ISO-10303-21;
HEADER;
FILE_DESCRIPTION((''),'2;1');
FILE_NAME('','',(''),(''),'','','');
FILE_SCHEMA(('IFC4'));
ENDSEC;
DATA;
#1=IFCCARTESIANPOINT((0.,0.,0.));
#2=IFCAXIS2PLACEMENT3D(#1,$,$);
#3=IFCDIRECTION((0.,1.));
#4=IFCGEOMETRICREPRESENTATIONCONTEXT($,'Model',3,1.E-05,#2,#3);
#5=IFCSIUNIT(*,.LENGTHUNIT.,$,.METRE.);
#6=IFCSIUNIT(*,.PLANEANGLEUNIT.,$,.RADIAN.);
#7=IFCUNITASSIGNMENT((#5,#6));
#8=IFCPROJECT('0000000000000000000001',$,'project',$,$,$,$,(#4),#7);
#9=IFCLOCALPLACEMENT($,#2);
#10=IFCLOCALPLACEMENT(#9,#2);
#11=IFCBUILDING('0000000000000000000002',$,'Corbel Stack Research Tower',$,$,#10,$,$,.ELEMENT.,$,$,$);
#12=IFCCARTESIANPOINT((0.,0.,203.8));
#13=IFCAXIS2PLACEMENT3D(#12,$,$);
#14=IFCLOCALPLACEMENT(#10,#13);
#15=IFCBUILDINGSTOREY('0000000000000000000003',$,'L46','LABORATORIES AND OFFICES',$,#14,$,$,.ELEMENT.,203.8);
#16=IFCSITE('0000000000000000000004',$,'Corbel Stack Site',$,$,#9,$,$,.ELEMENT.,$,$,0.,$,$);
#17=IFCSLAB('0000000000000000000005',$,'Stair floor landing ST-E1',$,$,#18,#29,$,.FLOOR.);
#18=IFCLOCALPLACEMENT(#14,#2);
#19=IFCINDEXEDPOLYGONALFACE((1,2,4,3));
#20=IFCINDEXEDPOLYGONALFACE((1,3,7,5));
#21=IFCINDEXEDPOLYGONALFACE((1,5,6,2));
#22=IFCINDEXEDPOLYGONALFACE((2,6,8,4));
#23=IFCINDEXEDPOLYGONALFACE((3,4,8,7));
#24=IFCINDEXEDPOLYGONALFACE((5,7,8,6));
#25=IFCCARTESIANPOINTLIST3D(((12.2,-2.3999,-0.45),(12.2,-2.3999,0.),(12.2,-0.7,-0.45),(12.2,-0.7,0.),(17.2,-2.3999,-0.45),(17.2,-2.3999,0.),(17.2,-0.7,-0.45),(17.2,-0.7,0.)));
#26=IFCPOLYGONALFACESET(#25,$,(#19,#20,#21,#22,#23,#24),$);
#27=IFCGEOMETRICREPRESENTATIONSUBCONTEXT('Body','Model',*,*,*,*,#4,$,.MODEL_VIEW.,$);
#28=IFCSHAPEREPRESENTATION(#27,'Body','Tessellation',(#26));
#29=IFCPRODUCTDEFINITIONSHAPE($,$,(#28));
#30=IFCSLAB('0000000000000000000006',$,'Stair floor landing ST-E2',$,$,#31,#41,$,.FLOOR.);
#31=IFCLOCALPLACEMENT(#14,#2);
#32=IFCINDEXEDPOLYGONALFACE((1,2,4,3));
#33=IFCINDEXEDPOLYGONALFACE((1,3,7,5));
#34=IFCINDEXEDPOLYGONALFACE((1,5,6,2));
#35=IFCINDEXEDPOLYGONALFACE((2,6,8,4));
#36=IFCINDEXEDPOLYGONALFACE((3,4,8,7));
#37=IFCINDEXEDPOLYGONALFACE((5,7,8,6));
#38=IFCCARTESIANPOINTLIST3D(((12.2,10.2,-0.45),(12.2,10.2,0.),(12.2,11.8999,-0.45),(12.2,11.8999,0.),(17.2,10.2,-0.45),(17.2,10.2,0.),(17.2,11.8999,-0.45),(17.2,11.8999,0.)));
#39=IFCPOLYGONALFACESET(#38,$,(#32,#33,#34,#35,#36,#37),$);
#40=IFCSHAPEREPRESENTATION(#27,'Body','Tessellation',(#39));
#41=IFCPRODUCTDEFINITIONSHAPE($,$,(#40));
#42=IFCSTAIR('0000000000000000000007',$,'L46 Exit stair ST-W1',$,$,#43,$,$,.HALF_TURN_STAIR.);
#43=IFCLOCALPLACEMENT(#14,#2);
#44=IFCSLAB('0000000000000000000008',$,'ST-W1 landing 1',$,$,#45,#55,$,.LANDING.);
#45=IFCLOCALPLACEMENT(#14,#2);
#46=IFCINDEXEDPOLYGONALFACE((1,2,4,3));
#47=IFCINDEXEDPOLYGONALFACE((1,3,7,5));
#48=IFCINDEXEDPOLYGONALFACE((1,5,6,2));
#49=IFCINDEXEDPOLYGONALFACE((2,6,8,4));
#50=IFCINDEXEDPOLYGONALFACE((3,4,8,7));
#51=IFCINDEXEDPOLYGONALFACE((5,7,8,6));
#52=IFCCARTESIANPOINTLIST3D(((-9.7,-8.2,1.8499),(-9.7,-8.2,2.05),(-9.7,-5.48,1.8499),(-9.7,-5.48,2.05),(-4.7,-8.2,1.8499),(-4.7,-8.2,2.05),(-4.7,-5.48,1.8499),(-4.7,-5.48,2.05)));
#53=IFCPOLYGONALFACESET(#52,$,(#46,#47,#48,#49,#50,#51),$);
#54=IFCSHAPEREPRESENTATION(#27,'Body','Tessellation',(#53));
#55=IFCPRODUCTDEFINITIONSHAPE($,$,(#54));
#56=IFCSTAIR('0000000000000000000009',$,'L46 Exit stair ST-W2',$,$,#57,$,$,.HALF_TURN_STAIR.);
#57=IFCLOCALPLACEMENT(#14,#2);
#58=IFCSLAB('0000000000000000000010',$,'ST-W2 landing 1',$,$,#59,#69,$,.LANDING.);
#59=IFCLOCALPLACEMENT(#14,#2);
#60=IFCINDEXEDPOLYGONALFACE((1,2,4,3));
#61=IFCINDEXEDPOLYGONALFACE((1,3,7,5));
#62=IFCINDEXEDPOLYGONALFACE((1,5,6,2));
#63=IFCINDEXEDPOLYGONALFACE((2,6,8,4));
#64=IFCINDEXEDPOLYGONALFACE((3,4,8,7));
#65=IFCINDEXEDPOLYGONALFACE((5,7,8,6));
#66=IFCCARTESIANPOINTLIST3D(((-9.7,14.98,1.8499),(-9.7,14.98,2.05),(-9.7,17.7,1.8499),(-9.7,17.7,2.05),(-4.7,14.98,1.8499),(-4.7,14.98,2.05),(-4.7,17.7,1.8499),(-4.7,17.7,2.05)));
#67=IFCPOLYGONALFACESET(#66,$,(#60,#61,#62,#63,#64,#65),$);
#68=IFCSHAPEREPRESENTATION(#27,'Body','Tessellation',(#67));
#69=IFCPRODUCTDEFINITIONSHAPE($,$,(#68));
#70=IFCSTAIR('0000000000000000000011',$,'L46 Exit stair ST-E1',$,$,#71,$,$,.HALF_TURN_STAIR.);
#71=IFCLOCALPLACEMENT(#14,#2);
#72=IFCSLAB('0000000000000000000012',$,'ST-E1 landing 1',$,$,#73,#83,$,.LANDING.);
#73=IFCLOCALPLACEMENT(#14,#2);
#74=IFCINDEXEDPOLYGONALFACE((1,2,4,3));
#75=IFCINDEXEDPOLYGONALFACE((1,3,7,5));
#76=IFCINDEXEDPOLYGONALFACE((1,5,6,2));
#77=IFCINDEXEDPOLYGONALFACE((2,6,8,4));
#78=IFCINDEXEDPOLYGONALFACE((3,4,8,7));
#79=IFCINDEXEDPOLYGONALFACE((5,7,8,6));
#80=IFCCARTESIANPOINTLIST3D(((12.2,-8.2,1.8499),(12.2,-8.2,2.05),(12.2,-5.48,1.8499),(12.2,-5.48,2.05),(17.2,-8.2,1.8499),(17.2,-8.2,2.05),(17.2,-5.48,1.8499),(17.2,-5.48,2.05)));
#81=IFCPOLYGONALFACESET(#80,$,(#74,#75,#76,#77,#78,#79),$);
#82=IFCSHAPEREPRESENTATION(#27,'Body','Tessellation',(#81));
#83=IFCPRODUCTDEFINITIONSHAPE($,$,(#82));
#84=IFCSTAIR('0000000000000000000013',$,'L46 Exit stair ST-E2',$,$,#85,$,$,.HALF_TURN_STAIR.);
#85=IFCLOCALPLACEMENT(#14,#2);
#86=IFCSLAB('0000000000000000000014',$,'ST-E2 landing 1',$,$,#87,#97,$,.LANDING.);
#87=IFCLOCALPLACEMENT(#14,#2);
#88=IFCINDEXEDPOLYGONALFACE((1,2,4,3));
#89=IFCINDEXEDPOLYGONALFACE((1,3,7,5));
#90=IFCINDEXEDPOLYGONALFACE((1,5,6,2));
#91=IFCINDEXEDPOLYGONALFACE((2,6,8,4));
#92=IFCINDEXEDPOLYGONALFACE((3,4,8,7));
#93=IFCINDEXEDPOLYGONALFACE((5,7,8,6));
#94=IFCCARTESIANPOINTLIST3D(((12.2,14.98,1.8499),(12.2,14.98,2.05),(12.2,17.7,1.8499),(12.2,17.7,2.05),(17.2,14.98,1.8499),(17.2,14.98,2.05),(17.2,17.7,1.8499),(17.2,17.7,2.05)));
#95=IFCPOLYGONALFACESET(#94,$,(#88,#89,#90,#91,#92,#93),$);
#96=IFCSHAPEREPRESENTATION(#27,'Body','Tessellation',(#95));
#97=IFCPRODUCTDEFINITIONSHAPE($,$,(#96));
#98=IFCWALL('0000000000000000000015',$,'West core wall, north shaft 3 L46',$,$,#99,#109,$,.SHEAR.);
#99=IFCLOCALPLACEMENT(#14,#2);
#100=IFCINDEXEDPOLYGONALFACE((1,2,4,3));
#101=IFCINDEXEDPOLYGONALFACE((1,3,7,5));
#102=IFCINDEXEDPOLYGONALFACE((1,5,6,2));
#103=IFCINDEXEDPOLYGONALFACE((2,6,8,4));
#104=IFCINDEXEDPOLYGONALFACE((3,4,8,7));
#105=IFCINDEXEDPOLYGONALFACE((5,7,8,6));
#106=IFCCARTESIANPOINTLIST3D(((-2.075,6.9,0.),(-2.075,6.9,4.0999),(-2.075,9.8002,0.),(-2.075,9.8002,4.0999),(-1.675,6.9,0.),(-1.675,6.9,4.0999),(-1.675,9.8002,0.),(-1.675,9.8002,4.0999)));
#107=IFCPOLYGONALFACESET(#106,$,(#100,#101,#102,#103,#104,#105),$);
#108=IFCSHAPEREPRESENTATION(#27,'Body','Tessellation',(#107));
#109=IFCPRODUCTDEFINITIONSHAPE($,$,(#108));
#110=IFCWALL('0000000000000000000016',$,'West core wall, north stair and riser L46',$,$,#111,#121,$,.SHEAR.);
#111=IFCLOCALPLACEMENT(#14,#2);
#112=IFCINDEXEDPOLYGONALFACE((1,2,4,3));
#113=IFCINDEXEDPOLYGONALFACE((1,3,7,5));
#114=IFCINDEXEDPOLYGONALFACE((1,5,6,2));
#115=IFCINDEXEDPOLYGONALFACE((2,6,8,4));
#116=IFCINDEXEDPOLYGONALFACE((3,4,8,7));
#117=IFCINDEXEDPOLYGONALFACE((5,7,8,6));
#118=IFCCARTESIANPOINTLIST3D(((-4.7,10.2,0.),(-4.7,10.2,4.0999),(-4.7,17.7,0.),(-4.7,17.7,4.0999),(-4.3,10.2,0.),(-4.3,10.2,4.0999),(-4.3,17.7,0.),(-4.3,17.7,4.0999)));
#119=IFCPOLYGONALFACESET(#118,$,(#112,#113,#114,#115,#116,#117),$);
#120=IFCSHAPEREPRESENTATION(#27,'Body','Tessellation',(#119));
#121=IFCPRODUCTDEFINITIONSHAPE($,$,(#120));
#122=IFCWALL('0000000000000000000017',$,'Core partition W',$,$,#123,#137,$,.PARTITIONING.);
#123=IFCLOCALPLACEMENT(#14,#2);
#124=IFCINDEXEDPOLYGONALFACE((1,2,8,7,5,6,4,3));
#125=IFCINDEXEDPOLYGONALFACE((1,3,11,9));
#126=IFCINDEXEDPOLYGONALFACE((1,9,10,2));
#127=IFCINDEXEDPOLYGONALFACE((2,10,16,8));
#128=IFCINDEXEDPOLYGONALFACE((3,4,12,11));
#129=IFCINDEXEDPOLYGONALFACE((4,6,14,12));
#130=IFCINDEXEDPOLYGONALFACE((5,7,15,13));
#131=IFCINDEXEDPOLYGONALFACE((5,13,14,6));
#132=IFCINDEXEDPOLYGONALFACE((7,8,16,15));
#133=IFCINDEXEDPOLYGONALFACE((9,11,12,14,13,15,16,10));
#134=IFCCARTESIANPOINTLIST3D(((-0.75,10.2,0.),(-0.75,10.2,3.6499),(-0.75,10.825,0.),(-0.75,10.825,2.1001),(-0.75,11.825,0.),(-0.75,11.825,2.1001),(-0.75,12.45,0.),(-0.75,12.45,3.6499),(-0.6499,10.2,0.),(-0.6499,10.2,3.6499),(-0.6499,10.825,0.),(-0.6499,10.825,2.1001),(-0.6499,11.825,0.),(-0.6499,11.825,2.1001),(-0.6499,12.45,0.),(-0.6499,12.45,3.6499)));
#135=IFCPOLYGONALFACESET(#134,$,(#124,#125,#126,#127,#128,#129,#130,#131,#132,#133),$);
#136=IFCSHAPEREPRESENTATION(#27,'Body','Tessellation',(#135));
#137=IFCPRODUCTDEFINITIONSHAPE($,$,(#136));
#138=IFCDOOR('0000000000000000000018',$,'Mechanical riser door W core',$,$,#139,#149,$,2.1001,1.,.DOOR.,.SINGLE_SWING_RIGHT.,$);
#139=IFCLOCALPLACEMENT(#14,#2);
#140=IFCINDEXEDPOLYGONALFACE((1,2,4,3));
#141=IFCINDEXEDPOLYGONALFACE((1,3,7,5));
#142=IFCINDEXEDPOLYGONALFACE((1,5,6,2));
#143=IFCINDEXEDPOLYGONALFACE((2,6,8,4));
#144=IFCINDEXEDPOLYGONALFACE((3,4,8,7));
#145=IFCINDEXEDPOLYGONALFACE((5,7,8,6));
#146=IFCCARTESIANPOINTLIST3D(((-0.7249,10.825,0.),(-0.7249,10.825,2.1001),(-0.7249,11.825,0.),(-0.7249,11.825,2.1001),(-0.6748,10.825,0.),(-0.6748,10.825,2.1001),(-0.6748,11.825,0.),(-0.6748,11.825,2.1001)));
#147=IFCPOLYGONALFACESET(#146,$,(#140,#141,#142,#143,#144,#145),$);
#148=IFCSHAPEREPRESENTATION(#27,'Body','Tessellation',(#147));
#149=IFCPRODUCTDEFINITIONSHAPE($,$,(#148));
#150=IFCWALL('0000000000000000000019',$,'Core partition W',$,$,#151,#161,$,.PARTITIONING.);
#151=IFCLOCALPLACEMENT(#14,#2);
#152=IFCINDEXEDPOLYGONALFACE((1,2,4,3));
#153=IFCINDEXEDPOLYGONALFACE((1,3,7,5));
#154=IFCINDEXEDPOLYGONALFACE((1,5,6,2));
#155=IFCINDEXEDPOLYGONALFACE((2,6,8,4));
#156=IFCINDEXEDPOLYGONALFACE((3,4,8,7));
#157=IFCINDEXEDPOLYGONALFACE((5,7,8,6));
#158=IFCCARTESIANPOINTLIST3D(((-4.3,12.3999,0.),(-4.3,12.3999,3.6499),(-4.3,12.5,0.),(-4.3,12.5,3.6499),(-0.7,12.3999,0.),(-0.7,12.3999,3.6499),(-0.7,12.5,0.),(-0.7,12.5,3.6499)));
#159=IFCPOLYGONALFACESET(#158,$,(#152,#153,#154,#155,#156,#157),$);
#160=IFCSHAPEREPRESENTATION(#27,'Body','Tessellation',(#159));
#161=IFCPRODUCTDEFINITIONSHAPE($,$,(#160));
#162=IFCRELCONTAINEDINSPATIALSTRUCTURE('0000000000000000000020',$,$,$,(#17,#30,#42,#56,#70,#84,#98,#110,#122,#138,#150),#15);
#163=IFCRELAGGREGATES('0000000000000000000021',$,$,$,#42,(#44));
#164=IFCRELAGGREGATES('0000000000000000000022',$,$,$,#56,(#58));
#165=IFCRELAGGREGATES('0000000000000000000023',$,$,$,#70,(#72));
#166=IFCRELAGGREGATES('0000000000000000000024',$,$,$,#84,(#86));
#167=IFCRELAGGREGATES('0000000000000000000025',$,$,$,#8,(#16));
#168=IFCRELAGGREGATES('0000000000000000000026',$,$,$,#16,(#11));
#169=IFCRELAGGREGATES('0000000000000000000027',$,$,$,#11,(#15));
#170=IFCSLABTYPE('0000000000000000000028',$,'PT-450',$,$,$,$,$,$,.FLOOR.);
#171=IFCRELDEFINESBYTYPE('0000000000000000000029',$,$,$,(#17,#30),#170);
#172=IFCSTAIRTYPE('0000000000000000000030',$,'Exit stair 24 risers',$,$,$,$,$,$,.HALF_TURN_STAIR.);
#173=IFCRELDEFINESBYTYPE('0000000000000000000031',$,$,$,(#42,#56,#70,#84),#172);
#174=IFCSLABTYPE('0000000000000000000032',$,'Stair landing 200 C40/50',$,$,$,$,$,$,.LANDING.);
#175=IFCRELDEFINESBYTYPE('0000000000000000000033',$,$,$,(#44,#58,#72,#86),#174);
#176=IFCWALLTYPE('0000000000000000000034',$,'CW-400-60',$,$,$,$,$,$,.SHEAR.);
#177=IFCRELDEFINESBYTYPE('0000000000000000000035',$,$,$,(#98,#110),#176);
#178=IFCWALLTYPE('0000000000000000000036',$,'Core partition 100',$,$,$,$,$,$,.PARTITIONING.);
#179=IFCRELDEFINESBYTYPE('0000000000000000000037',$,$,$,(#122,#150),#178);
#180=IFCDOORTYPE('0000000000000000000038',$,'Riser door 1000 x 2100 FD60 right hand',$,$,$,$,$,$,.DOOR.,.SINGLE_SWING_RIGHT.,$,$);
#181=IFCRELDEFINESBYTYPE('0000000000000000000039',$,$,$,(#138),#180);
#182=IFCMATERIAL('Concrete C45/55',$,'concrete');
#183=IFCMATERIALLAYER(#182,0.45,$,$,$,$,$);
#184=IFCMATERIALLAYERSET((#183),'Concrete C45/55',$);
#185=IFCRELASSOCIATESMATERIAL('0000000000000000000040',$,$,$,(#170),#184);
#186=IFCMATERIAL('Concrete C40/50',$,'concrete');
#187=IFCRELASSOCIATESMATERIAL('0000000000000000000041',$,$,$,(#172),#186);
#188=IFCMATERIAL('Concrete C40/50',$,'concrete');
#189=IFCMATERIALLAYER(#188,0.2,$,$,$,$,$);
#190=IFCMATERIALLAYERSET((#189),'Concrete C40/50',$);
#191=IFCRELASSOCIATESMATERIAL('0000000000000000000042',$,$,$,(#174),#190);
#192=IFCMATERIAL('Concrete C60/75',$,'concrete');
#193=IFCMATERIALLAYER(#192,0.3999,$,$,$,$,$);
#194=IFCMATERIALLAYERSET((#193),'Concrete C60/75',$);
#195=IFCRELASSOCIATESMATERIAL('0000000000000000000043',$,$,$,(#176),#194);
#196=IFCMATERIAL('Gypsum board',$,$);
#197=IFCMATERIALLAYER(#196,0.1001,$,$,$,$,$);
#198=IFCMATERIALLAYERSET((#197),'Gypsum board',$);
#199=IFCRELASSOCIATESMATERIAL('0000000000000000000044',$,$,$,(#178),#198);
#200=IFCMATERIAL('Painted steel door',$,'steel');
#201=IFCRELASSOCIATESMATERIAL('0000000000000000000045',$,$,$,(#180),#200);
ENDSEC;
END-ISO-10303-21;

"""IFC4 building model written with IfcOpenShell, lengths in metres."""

from ifc_helpers import new_model, si_unit, direction, frame, frame_2d, origin, place, context, subcontext, project, spatial, polyline, rectangle, outline, extrude, material, layer, layer_set, type_object, element, fill, aggregate, save


model = new_model("IFC4")

# Units and contexts
model_context = context("Model", 3, precision=1e-05, world=origin(), true_north=direction((0.0, 1.0)))
body_context = subcontext(model_context, "Body", "Model", "MODEL_VIEW")
ifc_project = project(units=[si_unit("LENGTHUNIT", "METRE"), si_unit("PLANEANGLEUNIT", "RADIAN")], contexts=[model_context])

# Site, building, storey
site_placement = place(None, origin())
site = spatial("IfcSite", under=ifc_project, at=site_placement, Name="Corbel Stack Site", CompositionType="ELEMENT", RefElevation=0.0)
building_placement = place(site_placement, origin())
building = spatial("IfcBuilding", under=site, at=building_placement, Name="Corbel Stack Research Tower", CompositionType="ELEMENT")
storey_placement = place(building_placement, frame((0.0, 0.0, 203.8)))
storey = spatial("IfcBuildingStorey", under=building, at=storey_placement, Name="L46", Description="LABORATORIES AND OFFICES", CompositionType="ELEMENT", Elevation=203.8)

# Slabs
ifc_material_1 = material(Name="Concrete C45/55", Category="concrete")
ifc_layer_1 = layer(ifc_material_1, 0.45)
ifc_layer_set_1 = layer_set([ifc_layer_1], Name="Concrete C45/55")
slab_type_1 = type_object("IfcSlabType", Name="PT-450", PredefinedType="FLOOR", material=ifc_layer_set_1)
slab_1_placement = place(storey_placement, frame((0.0, 0.0, -0.45)))
element("IfcSlab", 1, at=slab_1_placement, inside=storey, type_object=slab_type_1, Name="Stair floor landing ST-E1", PredefinedType="FLOOR", context=body_context, shape_type="SweptSolid", body=[
    extrude(outline(polyline([(12.2, -2.3999), (17.2, -2.3999), (17.2, -0.7), (12.2, -0.7), (12.2, -2.3999)])), origin(), (0.0, 0.0, 1.0), 0.45),
])
slab_2_placement = place(storey_placement, frame((0.0, 0.0, -0.45)))
element("IfcSlab", 2, at=slab_2_placement, inside=storey, type_object=slab_type_1, Name="Stair floor landing ST-E2", PredefinedType="FLOOR", context=body_context, shape_type="SweptSolid", body=[
    extrude(outline(polyline([(12.2, 10.2), (17.2, 10.2), (17.2, 11.8999), (12.2, 11.8999), (12.2, 10.2)])), origin(), (0.0, 0.0, 1.0), 0.45),
])

# Stairs, slabs
ifc_material_2 = material(Name="Concrete C40/50", Category="concrete")
stair_type = type_object("IfcStairType", Name="Exit stair 24 risers", PredefinedType="HALF_TURN_STAIR", material=ifc_material_2)
stair_1_placement = place(storey_placement, origin())
stair_1 = element("IfcStair", 3, at=stair_1_placement, inside=storey, type_object=stair_type, Name="L46 Exit stair ST-W1", PredefinedType="HALF_TURN_STAIR")
ifc_material_3 = material(Name="Concrete C40/50", Category="concrete")
ifc_layer_2 = layer(ifc_material_3, 0.2)
ifc_layer_set_2 = layer_set([ifc_layer_2], Name="Concrete C40/50")
slab_type_2 = type_object("IfcSlabType", Name="Stair landing 200 C40/50", PredefinedType="LANDING", material=ifc_layer_set_2)
slab_3_placement = place(storey_placement, frame((0.0, 0.0, 1.8499)))
slab_3 = element("IfcSlab", 4, at=slab_3_placement, type_object=slab_type_2, Name="ST-W1 landing 1", PredefinedType="LANDING", context=body_context, shape_type="SweptSolid", body=[
    extrude(outline(polyline([(-9.7, -8.2), (-9.7, -5.48), (-4.7, -5.48), (-4.7, -8.2), (-9.7, -8.2)])), origin(), (0.0, 0.0, 1.0), 0.2002),
])
aggregate(stair_1, [slab_3])
stair_2_placement = place(storey_placement, origin())
stair_2 = element("IfcStair", 5, at=stair_2_placement, inside=storey, type_object=stair_type, Name="L46 Exit stair ST-W2", PredefinedType="HALF_TURN_STAIR")
slab_4_placement = place(storey_placement, frame((0.0, 0.0, 1.8499)))
slab_4 = element("IfcSlab", 6, at=slab_4_placement, type_object=slab_type_2, Name="ST-W2 landing 1", PredefinedType="LANDING", context=body_context, shape_type="SweptSolid", body=[
    extrude(outline(polyline([(-9.7, 14.98), (-9.7, 17.7), (-4.7, 17.7), (-4.7, 14.98), (-9.7, 14.98)])), origin(), (0.0, 0.0, 1.0), 0.2002),
])
aggregate(stair_2, [slab_4])
stair_3_placement = place(storey_placement, origin())
stair_3 = element("IfcStair", 7, at=stair_3_placement, inside=storey, type_object=stair_type, Name="L46 Exit stair ST-E1", PredefinedType="HALF_TURN_STAIR")
slab_5_placement = place(storey_placement, frame((0.0, 0.0, 1.8499)))
slab_5 = element("IfcSlab", 8, at=slab_5_placement, type_object=slab_type_2, Name="ST-E1 landing 1", PredefinedType="LANDING", context=body_context, shape_type="SweptSolid", body=[
    extrude(outline(polyline([(12.2, -8.2), (12.2, -5.48), (17.2, -5.48), (17.2, -8.2), (12.2, -8.2)])), origin(), (0.0, 0.0, 1.0), 0.2002),
])
aggregate(stair_3, [slab_5])
stair_4_placement = place(storey_placement, origin())
stair_4 = element("IfcStair", 9, at=stair_4_placement, inside=storey, type_object=stair_type, Name="L46 Exit stair ST-E2", PredefinedType="HALF_TURN_STAIR")
slab_6_placement = place(storey_placement, frame((0.0, 0.0, 1.8499)))
slab_6 = element("IfcSlab", 10, at=slab_6_placement, type_object=slab_type_2, Name="ST-E2 landing 1", PredefinedType="LANDING", context=body_context, shape_type="SweptSolid", body=[
    extrude(outline(polyline([(12.2, 14.98), (12.2, 17.7), (17.2, 17.7), (17.2, 14.98), (12.2, 14.98)])), origin(), (0.0, 0.0, 1.0), 0.2002),
])
aggregate(stair_4, [slab_6])

# Walls
ifc_material_4 = material(Name="Concrete C60/75", Category="concrete")
ifc_layer_3 = layer(ifc_material_4, 0.3999)
ifc_layer_set_3 = layer_set([ifc_layer_3], Name="Concrete C60/75")
wall_type_1 = type_object("IfcWallType", Name="CW-400-60", PredefinedType="SHEAR", material=ifc_layer_set_3)
wall_1_placement = place(storey_placement, frame((-1.875, 6.8999, 0.0), z_axis=(0.0, 0.0, 1.0), x_axis=(0.0, 1.0, 0.0)))
element("IfcWall", 11, at=wall_1_placement, inside=storey, type_object=wall_type_1, Name="West core wall, north shaft 3 L46", PredefinedType="SHEAR", context=body_context, shape_type="SweptSolid", body=[
    extrude(rectangle(XDim=2.9001, YDim=0.3999, at=frame_2d((1.4502, 0.0))), origin(), (0.0, 0.0, 1.0), 4.0999),
])
wall_2_placement = place(storey_placement, frame((-4.5, 10.2, 0.0), z_axis=(0.0, 0.0, 1.0), x_axis=(0.0, 1.0, 0.0)))
element("IfcWall", 12, at=wall_2_placement, inside=storey, type_object=wall_type_1, Name="West core wall, north stair and riser L46", PredefinedType="SHEAR", context=body_context, shape_type="SweptSolid", body=[
    extrude(rectangle(XDim=7.5, YDim=0.3999, at=frame_2d((3.75, 0.0))), origin(), (0.0, 0.0, 1.0), 4.0999),
])

# Wall, opening, door
ifc_material_5 = material(Name="Gypsum board")
ifc_layer_4 = layer(ifc_material_5, 0.1001)
ifc_layer_set_4 = layer_set([ifc_layer_4], Name="Gypsum board")
wall_type_2 = type_object("IfcWallType", Name="Core partition 100", PredefinedType="PARTITIONING", material=ifc_layer_set_4)
wall_3_placement = place(storey_placement, frame((-0.7, 10.2, 0.0), z_axis=(0.0, 0.0, 1.0), x_axis=(0.0, 1.0, 0.0)))
wall_3 = element("IfcWall", 13, at=wall_3_placement, inside=storey, type_object=wall_type_2, Name="Core partition W", PredefinedType="PARTITIONING", context=body_context, shape_type="SweptSolid", body=[
    extrude(rectangle(XDim=2.25, YDim=0.1001, at=frame_2d((1.125, 0.0))), origin(), (0.0, 0.0, 1.0), 3.6499),
])
opening_placement = place(wall_3_placement, frame((0.625, 0.0, 0.0)))
opening = element("IfcOpeningElement", 14, at=opening_placement, cuts=wall_3, PredefinedType="OPENING", context=body_context, shape_type="SweptSolid", body=[
    extrude(rectangle(XDim=1.0, YDim=2.1001, at=frame_2d((0.5, 1.05))), frame((0.0, 0.0601, 0.0), z_axis=(0.0, -1.0, 0.0), x_axis=(1.0, 0.0, 0.0)), (0.0, 0.0, 1.0), 0.1201),
])
ifc_material_6 = material(Name="Painted steel door", Category="steel")
door_type = type_object("IfcDoorType", Name="Riser door 1000 x 2100 FD60 right hand", OperationType="SINGLE_SWING_RIGHT", PredefinedType="DOOR", material=ifc_material_6)
door_placement = place(opening_placement, origin())
door = element("IfcDoor", 15, at=door_placement, inside=storey, type_object=door_type, Name="Mechanical riser door W core", OperationType="SINGLE_SWING_RIGHT", OverallHeight=2.1001, OverallWidth=1.0, PredefinedType="DOOR", context=body_context, shape_type="SweptSolid", body=[
    extrude(rectangle(XDim=1.0, YDim=2.1001, at=frame_2d((0.5, 1.05))), frame((0.0, 0.0249, 0.0), z_axis=(0.0, -1.0, 0.0), x_axis=(1.0, 0.0, 0.0)), (0.0, 0.0, 1.0), 0.05),
])
fill(opening, door)

# Wall
wall_4_placement = place(storey_placement, frame((-4.3, 12.45, 0.0), z_axis=(0.0, 0.0, 1.0), x_axis=(1.0, 0.0, 0.0)))
element("IfcWall", 16, at=wall_4_placement, inside=storey, type_object=wall_type_2, Name="Core partition W", PredefinedType="PARTITIONING", context=body_context, shape_type="SweptSolid", body=[
    extrude(rectangle(XDim=3.6001, YDim=0.1001, at=frame_2d((1.8, 0.0))), origin(), (0.0, 0.0, 1.0), 3.6499),
])

save(model, "model.ifc")
